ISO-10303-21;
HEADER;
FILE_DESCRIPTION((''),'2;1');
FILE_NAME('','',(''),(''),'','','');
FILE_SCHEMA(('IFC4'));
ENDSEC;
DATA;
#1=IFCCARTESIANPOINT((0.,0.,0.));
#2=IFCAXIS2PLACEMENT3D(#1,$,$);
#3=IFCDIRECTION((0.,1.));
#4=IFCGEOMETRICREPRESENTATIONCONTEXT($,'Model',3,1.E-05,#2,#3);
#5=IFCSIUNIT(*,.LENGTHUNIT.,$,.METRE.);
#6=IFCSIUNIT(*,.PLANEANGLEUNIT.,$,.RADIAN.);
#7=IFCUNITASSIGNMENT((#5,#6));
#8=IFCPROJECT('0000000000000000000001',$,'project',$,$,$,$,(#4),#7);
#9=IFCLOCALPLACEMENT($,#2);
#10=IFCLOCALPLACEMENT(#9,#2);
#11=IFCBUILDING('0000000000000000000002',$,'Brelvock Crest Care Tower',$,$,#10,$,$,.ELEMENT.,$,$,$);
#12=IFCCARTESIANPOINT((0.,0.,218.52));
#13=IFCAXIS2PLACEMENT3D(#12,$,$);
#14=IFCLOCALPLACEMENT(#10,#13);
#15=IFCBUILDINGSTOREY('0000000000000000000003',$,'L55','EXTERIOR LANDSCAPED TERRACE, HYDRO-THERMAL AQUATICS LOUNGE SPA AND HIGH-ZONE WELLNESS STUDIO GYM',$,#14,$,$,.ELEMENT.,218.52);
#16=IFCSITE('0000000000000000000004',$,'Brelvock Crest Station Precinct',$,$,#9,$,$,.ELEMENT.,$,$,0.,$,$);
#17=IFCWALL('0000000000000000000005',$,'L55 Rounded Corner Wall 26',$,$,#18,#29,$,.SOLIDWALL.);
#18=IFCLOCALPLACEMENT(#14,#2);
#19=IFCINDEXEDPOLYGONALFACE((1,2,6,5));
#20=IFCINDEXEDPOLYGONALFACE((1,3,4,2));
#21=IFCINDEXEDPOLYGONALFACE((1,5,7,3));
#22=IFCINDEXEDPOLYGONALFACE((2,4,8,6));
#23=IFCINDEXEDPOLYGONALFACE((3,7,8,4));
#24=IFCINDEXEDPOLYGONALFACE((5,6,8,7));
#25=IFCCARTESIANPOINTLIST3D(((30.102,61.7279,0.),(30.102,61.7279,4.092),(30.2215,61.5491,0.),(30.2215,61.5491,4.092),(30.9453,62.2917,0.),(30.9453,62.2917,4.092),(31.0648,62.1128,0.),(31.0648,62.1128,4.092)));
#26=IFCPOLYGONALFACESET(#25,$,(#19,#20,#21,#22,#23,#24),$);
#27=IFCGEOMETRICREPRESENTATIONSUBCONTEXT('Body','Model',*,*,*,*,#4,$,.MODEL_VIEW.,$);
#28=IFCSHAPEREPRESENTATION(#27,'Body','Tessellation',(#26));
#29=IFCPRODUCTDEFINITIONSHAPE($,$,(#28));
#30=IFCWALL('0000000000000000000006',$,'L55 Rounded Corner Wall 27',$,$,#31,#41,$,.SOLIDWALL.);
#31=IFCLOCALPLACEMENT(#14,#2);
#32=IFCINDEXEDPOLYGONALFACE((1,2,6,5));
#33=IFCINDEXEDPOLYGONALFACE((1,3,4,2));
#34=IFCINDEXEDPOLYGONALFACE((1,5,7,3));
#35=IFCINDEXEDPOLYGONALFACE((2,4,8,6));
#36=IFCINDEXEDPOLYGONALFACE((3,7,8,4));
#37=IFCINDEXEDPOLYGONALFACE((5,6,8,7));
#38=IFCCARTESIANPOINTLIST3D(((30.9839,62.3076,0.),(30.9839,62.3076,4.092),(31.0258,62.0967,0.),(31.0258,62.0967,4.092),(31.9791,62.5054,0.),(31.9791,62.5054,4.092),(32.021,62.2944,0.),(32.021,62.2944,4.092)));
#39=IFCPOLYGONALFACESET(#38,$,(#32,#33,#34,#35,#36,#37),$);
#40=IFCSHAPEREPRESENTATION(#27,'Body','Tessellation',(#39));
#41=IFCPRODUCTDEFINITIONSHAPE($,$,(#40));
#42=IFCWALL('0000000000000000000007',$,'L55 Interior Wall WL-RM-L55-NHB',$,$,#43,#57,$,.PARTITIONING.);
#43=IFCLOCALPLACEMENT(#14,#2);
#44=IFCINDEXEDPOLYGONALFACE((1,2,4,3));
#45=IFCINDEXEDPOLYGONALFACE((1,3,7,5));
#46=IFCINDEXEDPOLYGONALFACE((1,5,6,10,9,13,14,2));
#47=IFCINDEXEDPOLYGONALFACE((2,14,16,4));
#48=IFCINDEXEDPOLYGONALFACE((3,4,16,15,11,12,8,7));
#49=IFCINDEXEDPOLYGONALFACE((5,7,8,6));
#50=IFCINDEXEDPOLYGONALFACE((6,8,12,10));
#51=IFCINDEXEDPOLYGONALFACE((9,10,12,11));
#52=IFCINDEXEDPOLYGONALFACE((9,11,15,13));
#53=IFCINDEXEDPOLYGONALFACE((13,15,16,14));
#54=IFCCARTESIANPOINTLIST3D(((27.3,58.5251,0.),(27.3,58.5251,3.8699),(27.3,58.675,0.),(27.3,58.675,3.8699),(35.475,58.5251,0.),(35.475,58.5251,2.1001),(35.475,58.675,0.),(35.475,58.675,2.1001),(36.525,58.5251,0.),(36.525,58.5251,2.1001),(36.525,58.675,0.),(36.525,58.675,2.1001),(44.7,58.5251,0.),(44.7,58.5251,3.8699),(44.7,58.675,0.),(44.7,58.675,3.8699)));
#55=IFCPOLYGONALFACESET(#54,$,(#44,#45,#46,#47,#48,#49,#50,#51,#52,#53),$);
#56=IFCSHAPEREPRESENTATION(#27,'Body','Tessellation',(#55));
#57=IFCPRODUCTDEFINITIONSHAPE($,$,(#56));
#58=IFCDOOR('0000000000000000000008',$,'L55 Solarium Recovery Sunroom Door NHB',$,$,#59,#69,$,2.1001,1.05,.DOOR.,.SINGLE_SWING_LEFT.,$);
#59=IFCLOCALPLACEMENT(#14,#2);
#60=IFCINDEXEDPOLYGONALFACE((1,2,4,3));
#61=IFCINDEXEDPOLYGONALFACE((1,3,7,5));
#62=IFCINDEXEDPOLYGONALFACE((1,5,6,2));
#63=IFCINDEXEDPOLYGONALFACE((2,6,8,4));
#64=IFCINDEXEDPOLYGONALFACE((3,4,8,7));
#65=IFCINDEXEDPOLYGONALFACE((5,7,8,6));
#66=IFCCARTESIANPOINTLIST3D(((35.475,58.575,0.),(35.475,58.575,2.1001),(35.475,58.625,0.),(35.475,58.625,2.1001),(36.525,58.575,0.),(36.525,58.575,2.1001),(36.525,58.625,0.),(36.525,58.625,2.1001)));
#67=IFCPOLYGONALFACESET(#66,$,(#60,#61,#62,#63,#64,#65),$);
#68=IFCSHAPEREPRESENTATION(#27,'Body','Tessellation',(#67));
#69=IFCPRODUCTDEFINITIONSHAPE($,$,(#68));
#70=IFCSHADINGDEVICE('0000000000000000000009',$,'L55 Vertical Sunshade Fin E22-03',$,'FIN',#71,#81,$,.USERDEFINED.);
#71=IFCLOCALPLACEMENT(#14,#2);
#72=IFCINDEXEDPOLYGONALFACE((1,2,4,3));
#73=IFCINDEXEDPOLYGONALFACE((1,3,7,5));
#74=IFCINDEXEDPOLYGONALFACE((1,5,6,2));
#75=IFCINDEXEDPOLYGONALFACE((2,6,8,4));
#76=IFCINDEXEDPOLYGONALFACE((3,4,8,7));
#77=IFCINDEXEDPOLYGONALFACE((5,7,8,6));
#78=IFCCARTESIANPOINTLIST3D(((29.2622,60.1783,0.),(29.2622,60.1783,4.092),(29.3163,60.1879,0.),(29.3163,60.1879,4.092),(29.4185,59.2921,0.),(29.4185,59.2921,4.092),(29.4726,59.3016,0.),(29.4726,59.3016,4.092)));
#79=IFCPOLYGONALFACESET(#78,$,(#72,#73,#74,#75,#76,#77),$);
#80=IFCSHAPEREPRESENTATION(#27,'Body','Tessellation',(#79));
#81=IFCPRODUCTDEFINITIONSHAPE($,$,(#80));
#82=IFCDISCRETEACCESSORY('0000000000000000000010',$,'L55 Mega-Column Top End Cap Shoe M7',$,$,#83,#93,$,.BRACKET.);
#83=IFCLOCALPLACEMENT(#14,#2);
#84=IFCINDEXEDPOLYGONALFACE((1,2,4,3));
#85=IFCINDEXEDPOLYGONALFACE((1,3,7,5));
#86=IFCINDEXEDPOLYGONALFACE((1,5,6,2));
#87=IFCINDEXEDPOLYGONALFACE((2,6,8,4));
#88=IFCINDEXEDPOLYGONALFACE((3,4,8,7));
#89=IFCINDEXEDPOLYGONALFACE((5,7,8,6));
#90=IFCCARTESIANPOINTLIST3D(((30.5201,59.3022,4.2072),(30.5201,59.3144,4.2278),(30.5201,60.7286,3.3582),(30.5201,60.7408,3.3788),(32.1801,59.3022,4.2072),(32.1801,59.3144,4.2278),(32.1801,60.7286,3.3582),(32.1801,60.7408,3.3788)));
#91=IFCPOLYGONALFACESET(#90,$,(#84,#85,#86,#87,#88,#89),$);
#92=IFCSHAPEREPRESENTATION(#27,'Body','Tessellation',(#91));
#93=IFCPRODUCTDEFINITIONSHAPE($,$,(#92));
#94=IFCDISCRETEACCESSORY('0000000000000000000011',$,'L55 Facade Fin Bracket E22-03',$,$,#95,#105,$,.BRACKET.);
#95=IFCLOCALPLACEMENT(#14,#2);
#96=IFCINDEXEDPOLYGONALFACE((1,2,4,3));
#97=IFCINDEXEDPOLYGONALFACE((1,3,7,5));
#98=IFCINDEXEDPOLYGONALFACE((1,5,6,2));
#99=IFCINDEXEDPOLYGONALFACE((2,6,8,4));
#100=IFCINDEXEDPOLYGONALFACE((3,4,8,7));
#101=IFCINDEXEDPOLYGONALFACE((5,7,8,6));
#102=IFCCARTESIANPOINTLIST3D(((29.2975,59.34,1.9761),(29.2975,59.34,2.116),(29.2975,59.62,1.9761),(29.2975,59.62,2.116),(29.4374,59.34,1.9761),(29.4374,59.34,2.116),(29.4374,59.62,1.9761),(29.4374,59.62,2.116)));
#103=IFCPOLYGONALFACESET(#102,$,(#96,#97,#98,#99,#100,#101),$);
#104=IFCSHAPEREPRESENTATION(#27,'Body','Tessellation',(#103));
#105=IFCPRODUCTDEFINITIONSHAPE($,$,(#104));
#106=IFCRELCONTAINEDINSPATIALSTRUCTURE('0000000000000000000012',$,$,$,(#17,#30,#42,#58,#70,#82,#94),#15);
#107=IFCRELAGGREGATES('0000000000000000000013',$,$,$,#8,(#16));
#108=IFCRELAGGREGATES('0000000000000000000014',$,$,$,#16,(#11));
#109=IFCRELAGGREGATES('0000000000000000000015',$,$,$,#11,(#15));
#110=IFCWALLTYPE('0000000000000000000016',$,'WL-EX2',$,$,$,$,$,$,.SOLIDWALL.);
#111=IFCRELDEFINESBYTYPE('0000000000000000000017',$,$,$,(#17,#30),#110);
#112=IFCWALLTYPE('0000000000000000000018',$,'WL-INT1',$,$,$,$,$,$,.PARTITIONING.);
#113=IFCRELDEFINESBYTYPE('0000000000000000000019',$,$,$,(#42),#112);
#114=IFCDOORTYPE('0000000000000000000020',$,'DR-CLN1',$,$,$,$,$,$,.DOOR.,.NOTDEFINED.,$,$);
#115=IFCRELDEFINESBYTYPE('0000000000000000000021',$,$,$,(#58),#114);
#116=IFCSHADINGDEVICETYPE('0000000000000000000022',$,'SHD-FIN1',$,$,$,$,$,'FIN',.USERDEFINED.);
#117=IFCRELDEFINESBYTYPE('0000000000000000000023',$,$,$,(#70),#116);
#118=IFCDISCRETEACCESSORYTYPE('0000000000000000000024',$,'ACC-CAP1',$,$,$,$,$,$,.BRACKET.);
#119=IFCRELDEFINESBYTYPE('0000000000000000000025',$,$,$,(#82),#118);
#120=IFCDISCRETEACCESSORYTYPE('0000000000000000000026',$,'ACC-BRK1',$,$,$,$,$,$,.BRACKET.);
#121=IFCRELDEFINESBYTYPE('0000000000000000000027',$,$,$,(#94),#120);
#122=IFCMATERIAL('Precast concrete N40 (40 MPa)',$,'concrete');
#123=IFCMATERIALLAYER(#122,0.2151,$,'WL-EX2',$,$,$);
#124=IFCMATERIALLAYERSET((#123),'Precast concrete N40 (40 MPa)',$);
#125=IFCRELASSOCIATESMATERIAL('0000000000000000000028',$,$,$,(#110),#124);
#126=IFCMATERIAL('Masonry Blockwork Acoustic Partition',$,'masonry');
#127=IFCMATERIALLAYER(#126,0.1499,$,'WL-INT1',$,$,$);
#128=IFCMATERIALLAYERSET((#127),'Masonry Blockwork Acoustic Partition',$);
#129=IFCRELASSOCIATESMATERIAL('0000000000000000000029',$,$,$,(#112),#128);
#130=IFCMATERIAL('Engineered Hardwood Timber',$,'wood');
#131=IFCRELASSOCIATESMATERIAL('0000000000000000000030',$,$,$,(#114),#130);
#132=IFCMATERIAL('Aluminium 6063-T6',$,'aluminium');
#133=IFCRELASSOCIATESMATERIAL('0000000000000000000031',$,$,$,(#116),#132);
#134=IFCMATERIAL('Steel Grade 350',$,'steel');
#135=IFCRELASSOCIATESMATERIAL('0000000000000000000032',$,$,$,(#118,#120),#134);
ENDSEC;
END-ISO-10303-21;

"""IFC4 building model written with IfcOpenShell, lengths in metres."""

from ifc_helpers import new_model, si_unit, direction, frame, frame_2d, origin, origin_2d, place, context, subcontext, project, spatial, rectangle, extrude, source, transform, mapped, material, layer, layer_set, material_profile, profile_set, type_object, element, fill, save


model = new_model("IFC4")

# Units and contexts
model_context = context("Model", 3, precision=1e-05, world=origin(), true_north=direction((0.0, 1.0)))
body_context = subcontext(model_context, "Body", "Model", "MODEL_VIEW")
ifc_project = project(units=[si_unit("LENGTHUNIT", "METRE"), si_unit("PLANEANGLEUNIT", "RADIAN")], contexts=[model_context])

# Site, building, storey
site_placement = place(None, origin())
site = spatial("IfcSite", under=ifc_project, at=site_placement, Name="Brelvock Crest Station Precinct", CompositionType="ELEMENT", RefElevation=0.0)
building_placement = place(site_placement, origin())
building = spatial("IfcBuilding", under=site, at=building_placement, Name="Brelvock Crest Care Tower", CompositionType="ELEMENT")
storey_placement = place(building_placement, frame((0.0, 0.0, 218.52)))
storey = spatial("IfcBuildingStorey", under=building, at=storey_placement, Name="L55", Description="EXTERIOR LANDSCAPED TERRACE, HYDRO-THERMAL AQUATICS LOUNGE SPA AND HIGH-ZONE WELLNESS STUDIO GYM", CompositionType="ELEMENT", Elevation=218.52)

# Shared definitions
ifc_material_1 = material(Name="Steel Grade 350", Category="steel")

# Shared definitions
ifc_material_2 = material(Name="Aluminium 6063-T6", Category="aluminium")

# Walls
ifc_material_3 = material(Name="Precast concrete N40 (40 MPa)", Category="concrete")
ifc_layer_1 = layer(ifc_material_3, 0.2151, Name="WL-EX2")
ifc_layer_set_1 = layer_set([ifc_layer_1], Name="Precast concrete N40 (40 MPa)")
wall_type_1 = type_object("IfcWallType", Name="WL-EX2", PredefinedType="SOLIDWALL", material=ifc_layer_set_1)
wall_1_placement = place(storey_placement, frame((30.1616, 61.6384, 0.0), z_axis=(0.0, 0.0, 1.0), x_axis=(0.831346, 0.555755, 0.0)))
element("IfcWall", 1, at=wall_1_placement, inside=storey, type_object=wall_type_1, Name="L55 Rounded Corner Wall 26", PredefinedType="SOLIDWALL", context=body_context, shape_type="SweptSolid", body=[
    extrude(rectangle(XDim=1.0144, YDim=0.2151, at=frame_2d((0.5073, 0.0))), origin(), (0.0, 0.0, 1.0), 4.092),
])
wall_2_placement = place(storey_placement, frame((31.0049, 62.2021, 0.0), z_axis=(0.0, 0.0, 1.0), x_axis=(0.980821, 0.194913, 0.0)))
element("IfcWall", 2, at=wall_2_placement, inside=storey, type_object=wall_type_1, Name="L55 Rounded Corner Wall 27", PredefinedType="SOLIDWALL", context=body_context, shape_type="SweptSolid", body=[
    extrude(rectangle(XDim=1.0146, YDim=0.2151, at=frame_2d((0.5073, 0.0))), origin(), (0.0, 0.0, 1.0), 4.092),
])

# Wall, opening, door
ifc_material_4 = material(Name="Masonry Blockwork Acoustic Partition", Category="masonry")
ifc_layer_2 = layer(ifc_material_4, 0.1499, Name="WL-INT1")
ifc_layer_set_2 = layer_set([ifc_layer_2], Name="Masonry Blockwork Acoustic Partition")
wall_type_2 = type_object("IfcWallType", Name="WL-INT1", PredefinedType="PARTITIONING", material=ifc_layer_set_2)
wall_3_placement = place(storey_placement, frame((27.3, 58.6001, 0.0), z_axis=(0.0, 0.0, 1.0), x_axis=(1.0, 0.0, 0.0)))
wall_3 = element("IfcWall", 3, at=wall_3_placement, inside=storey, type_object=wall_type_2, Name="L55 Interior Wall WL-RM-L55-NHB", PredefinedType="PARTITIONING", context=body_context, shape_type="SweptSolid", body=[
    extrude(rectangle(XDim=17.3999, YDim=0.1499, at=frame_2d((8.7, 0.0))), origin(), (0.0, 0.0, 1.0), 3.8699),
])
opening_placement = place(wall_3_placement, frame((8.175, 0.0, 0.0)))
opening = element("IfcOpeningElement", 4, at=opening_placement, cuts=wall_3, PredefinedType="OPENING", context=body_context, shape_type="SweptSolid", body=[
    extrude(rectangle(XDim=1.05, YDim=2.1001, at=origin_2d()), frame((0.5249, 0.085, 1.05), z_axis=(0.0, -1.0, 0.0), x_axis=(1.0, 0.0, 0.0)), (0.0, 0.0, 1.0), 0.1699),
])
ifc_material_5 = material(Name="Engineered Hardwood Timber", Category="wood")
door_type = type_object("IfcDoorType", Name="DR-CLN1", OperationType="NOTDEFINED", PredefinedType="DOOR", material=ifc_material_5)
shared_shape_1 = source(origin(), body_context, "Body", "SweptSolid", [
    extrude(rectangle(XDim=1.05, YDim=2.1001, at=origin_2d()), frame((0.5249, 0.0249, 1.05), z_axis=(0.0, -1.0, 0.0), x_axis=(1.0, 0.0, 0.0)), (0.0, 0.0, 1.0), 0.05),
])
door_placement = place(opening_placement, origin())
door = element("IfcDoor", 5, at=door_placement, inside=storey, type_object=door_type, Name="L55 Solarium Recovery Sunroom Door NHB", OperationType="SINGLE_SWING_LEFT", OverallHeight=2.1001, OverallWidth=1.05, PredefinedType="DOOR", context=body_context, shape_type="MappedRepresentation", body=[
    mapped(shared_shape_1, transform((0.0, 0.0, 0.0), x_axis=(1.0, 0.0, 0.0), y_axis=(0.0, 1.0, 0.0), z_axis=(0.0, 0.0, 1.0), scale=1.0)),
])
fill(opening, door)

# Shading device
ifc_material_profile_1 = material_profile(ifc_material_2, rectangle(XDim=0.0549, YDim=0.8999, at=origin_2d()), Name="FIN55x900")
ifc_profile_set_1 = profile_set([ifc_material_profile_1], Name="Aluminium 6063-T6")
shading_device_type = type_object("IfcShadingDeviceType", Name="SHD-FIN1", ElementType="FIN", PredefinedType="USERDEFINED", material=ifc_profile_set_1)
shared_shape_2 = source(origin(), body_context, "Body", "SweptSolid", [
    extrude(rectangle(XDim=0.0549, YDim=0.8999, at=origin_2d()), origin(), (0.0, 0.0, 1.0), 4.092),
])
shading_device_placement = place(storey_placement, frame((29.3674, 59.74, 0.0), z_axis=(0.0, 0.0, 1.0), x_axis=(0.984808, 0.173648, 0.0)))
element("IfcShadingDevice", 6, at=shading_device_placement, inside=storey, type_object=shading_device_type, Name="L55 Vertical Sunshade Fin E22-03", ObjectType="FIN", PredefinedType="USERDEFINED", context=body_context, shape_type="MappedRepresentation", body=[
    mapped(shared_shape_2, transform((0.0, 0.0, 0.0), x_axis=(1.0, 0.0, 0.0), y_axis=(0.0, 1.0, 0.0), z_axis=(0.0, 0.0, 1.0), scale=1.0)),
])

# Discrete accessories
ifc_material_profile_2 = material_profile(ifc_material_1, rectangle(XDim=1.6599, YDim=1.6599, at=origin_2d()), Name="ACC-CAP1")
ifc_profile_set_2 = profile_set([ifc_material_profile_2], Name="Steel Grade 350")
discrete_accessory_type_1 = type_object("IfcDiscreteAccessoryType", Name="ACC-CAP1", PredefinedType="BRACKET", material=ifc_profile_set_2)
shared_shape_3 = source(origin(), body_context, "Body", "SweptSolid", [
    extrude(rectangle(XDim=1.6599, YDim=1.6599, at=origin_2d()), origin(), (0.0, 0.0, 1.0), 0.0239),
])
discrete_accessory_1_placement = place(storey_placement, frame((31.3501, 60.0154, 3.7827), z_axis=(0.0, 0.511484, 0.859293), x_axis=(-1.0, 0.0, 0.0)))
element("IfcDiscreteAccessory", 7, at=discrete_accessory_1_placement, inside=storey, type_object=discrete_accessory_type_1, Name="L55 Mega-Column Top End Cap Shoe M7", PredefinedType="BRACKET", context=body_context, shape_type="MappedRepresentation", body=[
    mapped(shared_shape_3, transform((0.0, 0.0, 0.0), x_axis=(1.0, 0.0, 0.0), y_axis=(0.0, 1.0, 0.0), z_axis=(0.0, 0.0, 1.0), scale=1.0)),
])
discrete_accessory_type_2 = type_object("IfcDiscreteAccessoryType", Name="ACC-BRK1", PredefinedType="BRACKET", material=ifc_material_1)
shared_shape_4 = source(origin(), body_context, "Body", "SweptSolid", [
    extrude(rectangle(XDim=0.28, YDim=0.1399, at=origin_2d()), origin(), (0.0, 0.0, 1.0), 0.1399),
])
discrete_accessory_2_placement = place(storey_placement, frame((29.3674, 59.48, 1.9761), z_axis=(0.0, 0.0, 1.0), x_axis=(0.0, 1.0, 0.0)))
element("IfcDiscreteAccessory", 8, at=discrete_accessory_2_placement, inside=storey, type_object=discrete_accessory_type_2, Name="L55 Facade Fin Bracket E22-03", PredefinedType="BRACKET", context=body_context, shape_type="MappedRepresentation", body=[
    mapped(shared_shape_4, transform((0.0, 0.0, 0.0), x_axis=(1.0, 0.0, 0.0), y_axis=(0.0, 1.0, 0.0), z_axis=(0.0, 0.0, 1.0), scale=1.0)),
])

save(model, "model.ifc")
